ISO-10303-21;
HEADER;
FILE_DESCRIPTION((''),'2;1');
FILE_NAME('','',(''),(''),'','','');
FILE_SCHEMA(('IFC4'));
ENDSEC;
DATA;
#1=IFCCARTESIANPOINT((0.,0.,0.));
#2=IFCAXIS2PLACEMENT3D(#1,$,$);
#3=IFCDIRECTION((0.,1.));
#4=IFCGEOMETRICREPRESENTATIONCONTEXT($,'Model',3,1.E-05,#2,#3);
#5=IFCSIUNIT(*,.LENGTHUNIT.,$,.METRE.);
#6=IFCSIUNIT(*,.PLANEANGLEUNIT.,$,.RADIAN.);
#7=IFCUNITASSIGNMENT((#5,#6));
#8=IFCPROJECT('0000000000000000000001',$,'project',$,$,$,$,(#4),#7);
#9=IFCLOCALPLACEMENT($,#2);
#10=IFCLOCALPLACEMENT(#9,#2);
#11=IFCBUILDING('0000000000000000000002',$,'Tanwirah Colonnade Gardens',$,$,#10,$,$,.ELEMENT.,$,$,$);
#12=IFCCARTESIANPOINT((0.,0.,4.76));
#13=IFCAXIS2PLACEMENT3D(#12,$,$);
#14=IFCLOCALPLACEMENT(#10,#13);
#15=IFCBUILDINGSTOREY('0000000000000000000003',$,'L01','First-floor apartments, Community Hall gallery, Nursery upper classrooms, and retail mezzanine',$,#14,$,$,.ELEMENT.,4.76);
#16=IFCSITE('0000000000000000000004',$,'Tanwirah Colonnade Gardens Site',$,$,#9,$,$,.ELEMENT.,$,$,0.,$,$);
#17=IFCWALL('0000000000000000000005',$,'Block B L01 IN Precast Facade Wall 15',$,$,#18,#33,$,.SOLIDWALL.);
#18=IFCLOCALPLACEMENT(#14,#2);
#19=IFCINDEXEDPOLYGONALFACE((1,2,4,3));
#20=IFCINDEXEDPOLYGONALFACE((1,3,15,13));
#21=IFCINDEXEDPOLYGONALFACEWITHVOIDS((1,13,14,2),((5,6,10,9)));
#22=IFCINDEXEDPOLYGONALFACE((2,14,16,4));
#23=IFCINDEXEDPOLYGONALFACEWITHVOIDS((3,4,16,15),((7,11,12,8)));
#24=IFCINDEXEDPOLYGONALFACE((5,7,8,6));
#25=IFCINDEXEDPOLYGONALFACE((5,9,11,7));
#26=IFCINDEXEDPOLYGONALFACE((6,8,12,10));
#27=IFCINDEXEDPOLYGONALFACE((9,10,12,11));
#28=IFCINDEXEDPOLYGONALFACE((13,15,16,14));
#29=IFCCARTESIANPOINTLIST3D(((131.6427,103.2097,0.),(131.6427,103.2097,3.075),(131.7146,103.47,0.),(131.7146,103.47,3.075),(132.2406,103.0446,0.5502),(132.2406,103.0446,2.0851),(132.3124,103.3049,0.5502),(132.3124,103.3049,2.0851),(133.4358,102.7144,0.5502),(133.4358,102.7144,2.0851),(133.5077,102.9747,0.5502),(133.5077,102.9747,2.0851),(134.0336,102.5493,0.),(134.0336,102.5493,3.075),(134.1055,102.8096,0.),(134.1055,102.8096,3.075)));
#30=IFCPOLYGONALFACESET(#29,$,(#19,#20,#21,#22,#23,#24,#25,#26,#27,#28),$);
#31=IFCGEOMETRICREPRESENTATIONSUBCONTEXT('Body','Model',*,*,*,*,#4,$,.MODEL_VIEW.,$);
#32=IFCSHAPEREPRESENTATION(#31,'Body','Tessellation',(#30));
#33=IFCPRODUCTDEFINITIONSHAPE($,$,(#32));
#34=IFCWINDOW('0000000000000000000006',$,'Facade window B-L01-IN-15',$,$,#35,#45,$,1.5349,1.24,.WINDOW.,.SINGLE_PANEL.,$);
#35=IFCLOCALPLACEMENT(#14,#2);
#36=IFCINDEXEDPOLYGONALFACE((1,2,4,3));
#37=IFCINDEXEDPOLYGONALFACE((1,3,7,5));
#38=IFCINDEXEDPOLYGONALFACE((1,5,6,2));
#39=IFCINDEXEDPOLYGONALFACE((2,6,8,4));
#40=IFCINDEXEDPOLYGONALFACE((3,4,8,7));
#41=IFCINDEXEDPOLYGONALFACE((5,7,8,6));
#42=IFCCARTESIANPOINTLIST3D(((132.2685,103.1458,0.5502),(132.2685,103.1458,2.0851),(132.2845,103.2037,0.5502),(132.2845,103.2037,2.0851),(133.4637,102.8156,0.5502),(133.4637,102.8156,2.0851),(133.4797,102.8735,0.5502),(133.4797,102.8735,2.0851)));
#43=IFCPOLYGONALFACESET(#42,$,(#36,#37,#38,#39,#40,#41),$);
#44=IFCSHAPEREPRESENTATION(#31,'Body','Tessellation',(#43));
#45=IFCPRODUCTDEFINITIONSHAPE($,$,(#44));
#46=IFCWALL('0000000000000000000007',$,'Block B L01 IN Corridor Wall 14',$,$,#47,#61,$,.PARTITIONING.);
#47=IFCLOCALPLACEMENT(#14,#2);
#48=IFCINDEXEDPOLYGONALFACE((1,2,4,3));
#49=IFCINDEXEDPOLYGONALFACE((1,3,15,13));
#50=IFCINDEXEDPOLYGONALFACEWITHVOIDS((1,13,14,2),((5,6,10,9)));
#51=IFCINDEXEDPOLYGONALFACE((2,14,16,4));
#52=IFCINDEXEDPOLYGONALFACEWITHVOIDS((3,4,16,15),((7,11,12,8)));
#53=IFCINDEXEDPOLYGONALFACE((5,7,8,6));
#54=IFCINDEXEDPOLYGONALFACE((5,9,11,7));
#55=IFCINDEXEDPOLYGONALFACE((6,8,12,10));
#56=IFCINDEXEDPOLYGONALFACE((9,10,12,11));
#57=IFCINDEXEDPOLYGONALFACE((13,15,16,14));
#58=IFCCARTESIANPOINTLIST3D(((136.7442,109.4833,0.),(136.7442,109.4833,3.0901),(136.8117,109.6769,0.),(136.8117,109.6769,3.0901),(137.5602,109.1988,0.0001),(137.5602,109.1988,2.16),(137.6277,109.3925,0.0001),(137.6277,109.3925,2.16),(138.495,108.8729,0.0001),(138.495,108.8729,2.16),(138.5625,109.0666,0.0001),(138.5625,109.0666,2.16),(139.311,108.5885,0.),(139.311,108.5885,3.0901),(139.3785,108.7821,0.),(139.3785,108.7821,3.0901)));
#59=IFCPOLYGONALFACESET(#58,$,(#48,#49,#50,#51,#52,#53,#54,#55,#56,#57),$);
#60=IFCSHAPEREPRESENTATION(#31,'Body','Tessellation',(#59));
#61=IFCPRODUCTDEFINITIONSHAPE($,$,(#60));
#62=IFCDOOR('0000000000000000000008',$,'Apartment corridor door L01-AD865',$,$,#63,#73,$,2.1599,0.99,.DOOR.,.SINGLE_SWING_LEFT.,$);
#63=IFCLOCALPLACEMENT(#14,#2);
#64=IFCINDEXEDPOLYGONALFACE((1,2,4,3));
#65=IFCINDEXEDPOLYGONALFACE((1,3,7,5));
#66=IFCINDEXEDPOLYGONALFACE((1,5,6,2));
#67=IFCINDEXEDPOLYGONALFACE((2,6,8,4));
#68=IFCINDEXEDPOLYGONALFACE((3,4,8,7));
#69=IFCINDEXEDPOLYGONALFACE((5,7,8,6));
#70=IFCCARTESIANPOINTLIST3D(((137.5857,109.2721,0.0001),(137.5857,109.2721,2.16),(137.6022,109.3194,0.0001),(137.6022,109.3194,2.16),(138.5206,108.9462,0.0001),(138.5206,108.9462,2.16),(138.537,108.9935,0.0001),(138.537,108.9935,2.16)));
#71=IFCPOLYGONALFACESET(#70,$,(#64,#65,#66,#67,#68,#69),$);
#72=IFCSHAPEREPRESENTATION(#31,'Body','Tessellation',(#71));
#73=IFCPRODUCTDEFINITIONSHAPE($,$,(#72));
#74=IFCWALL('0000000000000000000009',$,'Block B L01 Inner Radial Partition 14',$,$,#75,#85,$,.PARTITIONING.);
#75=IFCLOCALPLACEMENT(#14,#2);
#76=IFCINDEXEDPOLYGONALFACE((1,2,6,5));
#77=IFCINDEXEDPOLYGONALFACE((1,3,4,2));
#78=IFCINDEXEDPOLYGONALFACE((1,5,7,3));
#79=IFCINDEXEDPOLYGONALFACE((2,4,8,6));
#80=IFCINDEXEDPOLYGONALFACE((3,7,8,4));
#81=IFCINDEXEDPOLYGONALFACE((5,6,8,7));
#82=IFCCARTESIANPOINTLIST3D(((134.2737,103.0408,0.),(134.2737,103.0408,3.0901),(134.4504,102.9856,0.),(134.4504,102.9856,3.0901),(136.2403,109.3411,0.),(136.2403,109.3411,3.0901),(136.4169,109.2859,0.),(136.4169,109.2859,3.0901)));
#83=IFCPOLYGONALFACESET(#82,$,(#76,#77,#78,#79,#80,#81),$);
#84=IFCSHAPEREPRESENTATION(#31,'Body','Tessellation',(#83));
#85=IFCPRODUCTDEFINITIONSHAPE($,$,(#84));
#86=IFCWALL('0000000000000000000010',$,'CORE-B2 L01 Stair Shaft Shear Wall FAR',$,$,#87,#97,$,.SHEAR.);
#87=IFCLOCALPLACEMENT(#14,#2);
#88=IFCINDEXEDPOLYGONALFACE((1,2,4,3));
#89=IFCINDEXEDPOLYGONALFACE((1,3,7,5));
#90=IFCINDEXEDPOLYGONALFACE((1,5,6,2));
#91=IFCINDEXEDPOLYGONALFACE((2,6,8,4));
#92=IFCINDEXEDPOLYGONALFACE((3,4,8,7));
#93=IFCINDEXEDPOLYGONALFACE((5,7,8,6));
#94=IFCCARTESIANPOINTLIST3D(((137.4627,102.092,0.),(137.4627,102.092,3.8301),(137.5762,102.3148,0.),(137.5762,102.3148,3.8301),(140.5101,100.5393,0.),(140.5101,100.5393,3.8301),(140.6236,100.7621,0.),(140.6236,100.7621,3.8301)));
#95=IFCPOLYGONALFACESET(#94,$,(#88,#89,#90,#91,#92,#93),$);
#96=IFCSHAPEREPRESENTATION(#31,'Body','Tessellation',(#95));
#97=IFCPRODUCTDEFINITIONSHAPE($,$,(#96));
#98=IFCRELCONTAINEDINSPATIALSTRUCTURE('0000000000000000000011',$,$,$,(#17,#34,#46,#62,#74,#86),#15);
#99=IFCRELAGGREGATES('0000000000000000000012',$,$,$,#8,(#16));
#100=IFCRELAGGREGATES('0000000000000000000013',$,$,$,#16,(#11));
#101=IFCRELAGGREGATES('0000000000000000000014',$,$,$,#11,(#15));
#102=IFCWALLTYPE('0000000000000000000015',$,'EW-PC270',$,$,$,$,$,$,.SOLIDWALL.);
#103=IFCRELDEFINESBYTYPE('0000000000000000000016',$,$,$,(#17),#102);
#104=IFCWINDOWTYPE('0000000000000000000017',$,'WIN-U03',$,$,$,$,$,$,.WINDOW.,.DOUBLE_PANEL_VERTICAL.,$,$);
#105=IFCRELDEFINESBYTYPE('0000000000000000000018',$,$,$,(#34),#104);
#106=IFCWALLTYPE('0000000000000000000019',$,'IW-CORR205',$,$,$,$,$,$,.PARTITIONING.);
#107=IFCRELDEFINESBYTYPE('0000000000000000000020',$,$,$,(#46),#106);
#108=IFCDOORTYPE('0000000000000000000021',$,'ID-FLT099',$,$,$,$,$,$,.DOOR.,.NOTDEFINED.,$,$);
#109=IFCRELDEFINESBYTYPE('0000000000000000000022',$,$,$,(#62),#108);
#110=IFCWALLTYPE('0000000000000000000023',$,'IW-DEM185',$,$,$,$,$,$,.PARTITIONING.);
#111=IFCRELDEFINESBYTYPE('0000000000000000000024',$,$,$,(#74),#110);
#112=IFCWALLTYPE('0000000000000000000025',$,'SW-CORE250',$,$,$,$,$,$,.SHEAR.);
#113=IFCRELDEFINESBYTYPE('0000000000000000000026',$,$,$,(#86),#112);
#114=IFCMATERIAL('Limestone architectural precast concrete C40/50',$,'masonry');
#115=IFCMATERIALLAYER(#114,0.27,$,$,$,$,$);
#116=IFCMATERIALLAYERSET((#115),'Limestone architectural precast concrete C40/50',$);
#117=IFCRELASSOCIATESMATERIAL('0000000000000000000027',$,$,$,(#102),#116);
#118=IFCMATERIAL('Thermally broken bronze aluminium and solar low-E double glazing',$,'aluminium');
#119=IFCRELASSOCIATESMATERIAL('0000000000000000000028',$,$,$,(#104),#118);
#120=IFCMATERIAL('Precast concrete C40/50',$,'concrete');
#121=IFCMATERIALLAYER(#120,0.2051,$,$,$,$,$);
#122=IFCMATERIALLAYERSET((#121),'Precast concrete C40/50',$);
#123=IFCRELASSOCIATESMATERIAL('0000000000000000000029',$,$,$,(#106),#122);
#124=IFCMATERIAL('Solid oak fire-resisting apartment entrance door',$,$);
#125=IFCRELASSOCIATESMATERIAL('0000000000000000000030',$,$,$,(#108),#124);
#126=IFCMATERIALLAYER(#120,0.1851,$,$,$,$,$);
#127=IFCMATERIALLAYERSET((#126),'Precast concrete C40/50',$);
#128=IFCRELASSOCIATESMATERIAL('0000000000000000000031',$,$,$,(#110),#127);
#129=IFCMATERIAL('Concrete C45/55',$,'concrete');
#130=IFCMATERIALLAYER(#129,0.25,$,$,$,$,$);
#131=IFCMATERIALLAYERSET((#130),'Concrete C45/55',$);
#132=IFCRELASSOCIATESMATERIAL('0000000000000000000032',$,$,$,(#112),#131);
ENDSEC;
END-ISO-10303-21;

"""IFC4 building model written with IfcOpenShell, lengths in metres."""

from ifc_helpers import new_model, si_unit, direction, frame, frame_2d, origin, place, context, subcontext, project, spatial, rectangle, extrude, material, layer, layer_set, type_object, element, fill, save


model = new_model("IFC4")

# Units and contexts
model_context = context("Model", 3, precision=1e-05, world=origin(), true_north=direction((0.0, 1.0)))
body_context = subcontext(model_context, "Body", "Model", "MODEL_VIEW")
ifc_project = project(units=[si_unit("LENGTHUNIT", "METRE"), si_unit("PLANEANGLEUNIT", "RADIAN")], contexts=[model_context])

# Site, building, storey
site_placement = place(None, origin())
site = spatial("IfcSite", under=ifc_project, at=site_placement, Name="Tanwirah Colonnade Gardens Site", CompositionType="ELEMENT", RefElevation=0.0)
building_placement = place(site_placement, origin())
building = spatial("IfcBuilding", under=site, at=building_placement, Name="Tanwirah Colonnade Gardens", CompositionType="ELEMENT")
storey_placement = place(building_placement, frame((0.0, 0.0, 4.76)))
storey = spatial("IfcBuildingStorey", under=building, at=storey_placement, Name="L01", Description="First-floor apartments, Community Hall gallery, Nursery upper classrooms, and retail mezzanine", CompositionType="ELEMENT", Elevation=4.76)

# Shared definitions
ifc_material_1 = material(Name="Precast concrete C40/50", Category="concrete")

# Wall, opening, window
ifc_material_2 = material(Name="Limestone architectural precast concrete C40/50", Category="masonry")
ifc_layer_1 = layer(ifc_material_2, 0.27)
ifc_layer_set_1 = layer_set([ifc_layer_1], Name="Limestone architectural precast concrete C40/50")
wall_type_1 = type_object("IfcWallType", Name="EW-PC270", PredefinedType="SOLIDWALL", material=ifc_layer_set_1)
wall_1_placement = place(storey_placement, frame((134.0696, 102.6794, 0.0), z_axis=(0.0, 0.0, 1.0), x_axis=(-0.963905, 0.266248, 0.0)))
wall_1 = element("IfcWall", 1, at=wall_1_placement, inside=storey, type_object=wall_type_1, Name="Block B L01 IN Precast Facade Wall 15", PredefinedType="SOLIDWALL", context=body_context, shape_type="SweptSolid", body=[
    extrude(rectangle(XDim=2.4805, YDim=0.27, at=frame_2d((1.2402, 0.0))), origin(), (0.0, 0.0, 1.0), 3.075),
])
opening_1_placement = place(wall_1_placement, frame((0.6201, 0.0, 0.55)))
opening_1 = element("IfcOpeningElement", 2, at=opening_1_placement, cuts=wall_1, PredefinedType="OPENING", context=body_context, shape_type="SweptSolid", body=[
    extrude(rectangle(XDim=1.24, YDim=1.5349, at=frame_2d((0.6201, 0.7676))), frame((0.0, 0.145, 0.0), z_axis=(0.0, -1.0, 0.0), x_axis=(1.0, 0.0, 0.0)), (0.0, 0.0, 1.0), 0.29),
])
ifc_material_3 = material(Name="Thermally broken bronze aluminium and solar low-E double glazing", Category="aluminium")
window_type = type_object("IfcWindowType", Name="WIN-U03", PartitioningType="DOUBLE_PANEL_VERTICAL", PredefinedType="WINDOW", material=ifc_material_3)
window_placement = place(opening_1_placement, origin())
window = element("IfcWindow", 3, at=window_placement, inside=storey, type_object=window_type, Name="Facade window B-L01-IN-15", OverallHeight=1.5349, OverallWidth=1.24, PartitioningType="SINGLE_PANEL", PredefinedType="WINDOW", context=body_context, shape_type="SweptSolid", body=[
    extrude(rectangle(XDim=1.24, YDim=1.5349, at=frame_2d((0.6201, 0.7676))), frame((0.0, 0.03, 0.0), z_axis=(0.0, -1.0, 0.0), x_axis=(1.0, 0.0, 0.0)), (0.0, 0.0, 1.0), 0.0601),
])
fill(opening_1, window)

# Wall, opening, door
ifc_layer_2 = layer(ifc_material_1, 0.2051)
ifc_layer_set_2 = layer_set([ifc_layer_2], Name="Precast concrete C40/50")
wall_type_2 = type_object("IfcWallType", Name="IW-CORR205", PredefinedType="PARTITIONING", material=ifc_layer_set_2)
wall_2_placement = place(storey_placement, frame((139.3447, 108.6853, 0.0), z_axis=(0.0, 0.0, 1.0), x_axis=(-0.944265, 0.329186, 0.0)))
wall_2 = element("IfcWall", 4, at=wall_2_placement, inside=storey, type_object=wall_type_2, Name="Block B L01 IN Corridor Wall 14", PredefinedType="PARTITIONING", context=body_context, shape_type="SweptSolid", body=[
    extrude(rectangle(XDim=2.7183, YDim=0.2051, at=frame_2d((1.3591, 0.0))), origin(), (0.0, 0.0, 1.0), 3.0901),
])
opening_2_placement = place(wall_2_placement, frame((0.864, 0.0, 0.0)))
opening_2 = element("IfcOpeningElement", 5, at=opening_2_placement, cuts=wall_2, PredefinedType="OPENING", context=body_context, shape_type="SweptSolid", body=[
    extrude(rectangle(XDim=0.99, YDim=2.1599, at=frame_2d((0.4951, 1.0801))), frame((0.0, 0.1125, 0.0), z_axis=(0.0, -1.0, 0.0), x_axis=(1.0, 0.0, 0.0)), (0.0, 0.0, 1.0), 0.2251),
])
ifc_material_4 = material(Name="Solid oak fire-resisting apartment entrance door")
door_type_1 = type_object("IfcDoorType", Name="ID-FLT099", OperationType="NOTDEFINED", PredefinedType="DOOR", material=ifc_material_4)
door_1_placement = place(opening_2_placement, origin())
door_1 = element("IfcDoor", 6, at=door_1_placement, inside=storey, type_object=door_type_1, Name="Apartment corridor door L01-AD865", OperationType="SINGLE_SWING_LEFT", OverallHeight=2.1599, OverallWidth=0.99, PredefinedType="DOOR", context=body_context, shape_type="SweptSolid", body=[
    extrude(rectangle(XDim=0.99, YDim=2.1599, at=frame_2d((0.4951, 1.0801))), frame((0.0, 0.0249, 0.0), z_axis=(0.0, -1.0, 0.0), x_axis=(1.0, 0.0, 0.0)), (0.0, 0.0, 1.0), 0.05),
])
fill(opening_2, door_1)

# Walls
ifc_layer_3 = layer(ifc_material_1, 0.1851)
ifc_layer_set_3 = layer_set([ifc_layer_3], Name="Precast concrete C40/50")
wall_type_3 = type_object("IfcWallType", Name="IW-DEM185", PredefinedType="PARTITIONING", material=ifc_layer_set_3)
wall_3_placement = place(storey_placement, frame((134.3621, 103.0132, 0.0), z_axis=(0.0, 0.0, 1.0), x_axis=(0.297959, 0.954579, 0.0)))
element("IfcWall", 7, at=wall_3_placement, inside=storey, type_object=wall_type_3, Name="Block B L01 Inner Radial Partition 14", PredefinedType="PARTITIONING", context=body_context, shape_type="SweptSolid", body=[
    extrude(rectangle(XDim=6.6001, YDim=0.1851, at=frame_2d((3.3, 0.0))), origin(), (0.0, 0.0, 1.0), 3.0901),
])
ifc_material_5 = material(Name="Concrete C45/55", Category="concrete")
ifc_layer_4 = layer(ifc_material_5, 0.25)
ifc_layer_set_4 = layer_set([ifc_layer_4], Name="Concrete C45/55")
wall_type_4 = type_object("IfcWallType", Name="SW-CORE250", PredefinedType="SHEAR", material=ifc_layer_set_4)
wall_4_placement = place(storey_placement, frame((137.5195, 102.2034, 0.0), z_axis=(0.0, 0.0, 1.0), x_axis=(0.891004, -0.453996, 0.0)))
element("IfcWall", 8, at=wall_4_placement, inside=storey, type_object=wall_type_4, Name="CORE-B2 L01 Stair Shaft Shear Wall FAR", PredefinedType="SHEAR", context=body_context, shape_type="SweptSolid", body=[
    extrude(rectangle(XDim=3.4202, YDim=0.25, at=frame_2d((1.71, 0.0))), origin(), (0.0, 0.0, 1.0), 3.8301),
])

save(model, "model.ifc")
